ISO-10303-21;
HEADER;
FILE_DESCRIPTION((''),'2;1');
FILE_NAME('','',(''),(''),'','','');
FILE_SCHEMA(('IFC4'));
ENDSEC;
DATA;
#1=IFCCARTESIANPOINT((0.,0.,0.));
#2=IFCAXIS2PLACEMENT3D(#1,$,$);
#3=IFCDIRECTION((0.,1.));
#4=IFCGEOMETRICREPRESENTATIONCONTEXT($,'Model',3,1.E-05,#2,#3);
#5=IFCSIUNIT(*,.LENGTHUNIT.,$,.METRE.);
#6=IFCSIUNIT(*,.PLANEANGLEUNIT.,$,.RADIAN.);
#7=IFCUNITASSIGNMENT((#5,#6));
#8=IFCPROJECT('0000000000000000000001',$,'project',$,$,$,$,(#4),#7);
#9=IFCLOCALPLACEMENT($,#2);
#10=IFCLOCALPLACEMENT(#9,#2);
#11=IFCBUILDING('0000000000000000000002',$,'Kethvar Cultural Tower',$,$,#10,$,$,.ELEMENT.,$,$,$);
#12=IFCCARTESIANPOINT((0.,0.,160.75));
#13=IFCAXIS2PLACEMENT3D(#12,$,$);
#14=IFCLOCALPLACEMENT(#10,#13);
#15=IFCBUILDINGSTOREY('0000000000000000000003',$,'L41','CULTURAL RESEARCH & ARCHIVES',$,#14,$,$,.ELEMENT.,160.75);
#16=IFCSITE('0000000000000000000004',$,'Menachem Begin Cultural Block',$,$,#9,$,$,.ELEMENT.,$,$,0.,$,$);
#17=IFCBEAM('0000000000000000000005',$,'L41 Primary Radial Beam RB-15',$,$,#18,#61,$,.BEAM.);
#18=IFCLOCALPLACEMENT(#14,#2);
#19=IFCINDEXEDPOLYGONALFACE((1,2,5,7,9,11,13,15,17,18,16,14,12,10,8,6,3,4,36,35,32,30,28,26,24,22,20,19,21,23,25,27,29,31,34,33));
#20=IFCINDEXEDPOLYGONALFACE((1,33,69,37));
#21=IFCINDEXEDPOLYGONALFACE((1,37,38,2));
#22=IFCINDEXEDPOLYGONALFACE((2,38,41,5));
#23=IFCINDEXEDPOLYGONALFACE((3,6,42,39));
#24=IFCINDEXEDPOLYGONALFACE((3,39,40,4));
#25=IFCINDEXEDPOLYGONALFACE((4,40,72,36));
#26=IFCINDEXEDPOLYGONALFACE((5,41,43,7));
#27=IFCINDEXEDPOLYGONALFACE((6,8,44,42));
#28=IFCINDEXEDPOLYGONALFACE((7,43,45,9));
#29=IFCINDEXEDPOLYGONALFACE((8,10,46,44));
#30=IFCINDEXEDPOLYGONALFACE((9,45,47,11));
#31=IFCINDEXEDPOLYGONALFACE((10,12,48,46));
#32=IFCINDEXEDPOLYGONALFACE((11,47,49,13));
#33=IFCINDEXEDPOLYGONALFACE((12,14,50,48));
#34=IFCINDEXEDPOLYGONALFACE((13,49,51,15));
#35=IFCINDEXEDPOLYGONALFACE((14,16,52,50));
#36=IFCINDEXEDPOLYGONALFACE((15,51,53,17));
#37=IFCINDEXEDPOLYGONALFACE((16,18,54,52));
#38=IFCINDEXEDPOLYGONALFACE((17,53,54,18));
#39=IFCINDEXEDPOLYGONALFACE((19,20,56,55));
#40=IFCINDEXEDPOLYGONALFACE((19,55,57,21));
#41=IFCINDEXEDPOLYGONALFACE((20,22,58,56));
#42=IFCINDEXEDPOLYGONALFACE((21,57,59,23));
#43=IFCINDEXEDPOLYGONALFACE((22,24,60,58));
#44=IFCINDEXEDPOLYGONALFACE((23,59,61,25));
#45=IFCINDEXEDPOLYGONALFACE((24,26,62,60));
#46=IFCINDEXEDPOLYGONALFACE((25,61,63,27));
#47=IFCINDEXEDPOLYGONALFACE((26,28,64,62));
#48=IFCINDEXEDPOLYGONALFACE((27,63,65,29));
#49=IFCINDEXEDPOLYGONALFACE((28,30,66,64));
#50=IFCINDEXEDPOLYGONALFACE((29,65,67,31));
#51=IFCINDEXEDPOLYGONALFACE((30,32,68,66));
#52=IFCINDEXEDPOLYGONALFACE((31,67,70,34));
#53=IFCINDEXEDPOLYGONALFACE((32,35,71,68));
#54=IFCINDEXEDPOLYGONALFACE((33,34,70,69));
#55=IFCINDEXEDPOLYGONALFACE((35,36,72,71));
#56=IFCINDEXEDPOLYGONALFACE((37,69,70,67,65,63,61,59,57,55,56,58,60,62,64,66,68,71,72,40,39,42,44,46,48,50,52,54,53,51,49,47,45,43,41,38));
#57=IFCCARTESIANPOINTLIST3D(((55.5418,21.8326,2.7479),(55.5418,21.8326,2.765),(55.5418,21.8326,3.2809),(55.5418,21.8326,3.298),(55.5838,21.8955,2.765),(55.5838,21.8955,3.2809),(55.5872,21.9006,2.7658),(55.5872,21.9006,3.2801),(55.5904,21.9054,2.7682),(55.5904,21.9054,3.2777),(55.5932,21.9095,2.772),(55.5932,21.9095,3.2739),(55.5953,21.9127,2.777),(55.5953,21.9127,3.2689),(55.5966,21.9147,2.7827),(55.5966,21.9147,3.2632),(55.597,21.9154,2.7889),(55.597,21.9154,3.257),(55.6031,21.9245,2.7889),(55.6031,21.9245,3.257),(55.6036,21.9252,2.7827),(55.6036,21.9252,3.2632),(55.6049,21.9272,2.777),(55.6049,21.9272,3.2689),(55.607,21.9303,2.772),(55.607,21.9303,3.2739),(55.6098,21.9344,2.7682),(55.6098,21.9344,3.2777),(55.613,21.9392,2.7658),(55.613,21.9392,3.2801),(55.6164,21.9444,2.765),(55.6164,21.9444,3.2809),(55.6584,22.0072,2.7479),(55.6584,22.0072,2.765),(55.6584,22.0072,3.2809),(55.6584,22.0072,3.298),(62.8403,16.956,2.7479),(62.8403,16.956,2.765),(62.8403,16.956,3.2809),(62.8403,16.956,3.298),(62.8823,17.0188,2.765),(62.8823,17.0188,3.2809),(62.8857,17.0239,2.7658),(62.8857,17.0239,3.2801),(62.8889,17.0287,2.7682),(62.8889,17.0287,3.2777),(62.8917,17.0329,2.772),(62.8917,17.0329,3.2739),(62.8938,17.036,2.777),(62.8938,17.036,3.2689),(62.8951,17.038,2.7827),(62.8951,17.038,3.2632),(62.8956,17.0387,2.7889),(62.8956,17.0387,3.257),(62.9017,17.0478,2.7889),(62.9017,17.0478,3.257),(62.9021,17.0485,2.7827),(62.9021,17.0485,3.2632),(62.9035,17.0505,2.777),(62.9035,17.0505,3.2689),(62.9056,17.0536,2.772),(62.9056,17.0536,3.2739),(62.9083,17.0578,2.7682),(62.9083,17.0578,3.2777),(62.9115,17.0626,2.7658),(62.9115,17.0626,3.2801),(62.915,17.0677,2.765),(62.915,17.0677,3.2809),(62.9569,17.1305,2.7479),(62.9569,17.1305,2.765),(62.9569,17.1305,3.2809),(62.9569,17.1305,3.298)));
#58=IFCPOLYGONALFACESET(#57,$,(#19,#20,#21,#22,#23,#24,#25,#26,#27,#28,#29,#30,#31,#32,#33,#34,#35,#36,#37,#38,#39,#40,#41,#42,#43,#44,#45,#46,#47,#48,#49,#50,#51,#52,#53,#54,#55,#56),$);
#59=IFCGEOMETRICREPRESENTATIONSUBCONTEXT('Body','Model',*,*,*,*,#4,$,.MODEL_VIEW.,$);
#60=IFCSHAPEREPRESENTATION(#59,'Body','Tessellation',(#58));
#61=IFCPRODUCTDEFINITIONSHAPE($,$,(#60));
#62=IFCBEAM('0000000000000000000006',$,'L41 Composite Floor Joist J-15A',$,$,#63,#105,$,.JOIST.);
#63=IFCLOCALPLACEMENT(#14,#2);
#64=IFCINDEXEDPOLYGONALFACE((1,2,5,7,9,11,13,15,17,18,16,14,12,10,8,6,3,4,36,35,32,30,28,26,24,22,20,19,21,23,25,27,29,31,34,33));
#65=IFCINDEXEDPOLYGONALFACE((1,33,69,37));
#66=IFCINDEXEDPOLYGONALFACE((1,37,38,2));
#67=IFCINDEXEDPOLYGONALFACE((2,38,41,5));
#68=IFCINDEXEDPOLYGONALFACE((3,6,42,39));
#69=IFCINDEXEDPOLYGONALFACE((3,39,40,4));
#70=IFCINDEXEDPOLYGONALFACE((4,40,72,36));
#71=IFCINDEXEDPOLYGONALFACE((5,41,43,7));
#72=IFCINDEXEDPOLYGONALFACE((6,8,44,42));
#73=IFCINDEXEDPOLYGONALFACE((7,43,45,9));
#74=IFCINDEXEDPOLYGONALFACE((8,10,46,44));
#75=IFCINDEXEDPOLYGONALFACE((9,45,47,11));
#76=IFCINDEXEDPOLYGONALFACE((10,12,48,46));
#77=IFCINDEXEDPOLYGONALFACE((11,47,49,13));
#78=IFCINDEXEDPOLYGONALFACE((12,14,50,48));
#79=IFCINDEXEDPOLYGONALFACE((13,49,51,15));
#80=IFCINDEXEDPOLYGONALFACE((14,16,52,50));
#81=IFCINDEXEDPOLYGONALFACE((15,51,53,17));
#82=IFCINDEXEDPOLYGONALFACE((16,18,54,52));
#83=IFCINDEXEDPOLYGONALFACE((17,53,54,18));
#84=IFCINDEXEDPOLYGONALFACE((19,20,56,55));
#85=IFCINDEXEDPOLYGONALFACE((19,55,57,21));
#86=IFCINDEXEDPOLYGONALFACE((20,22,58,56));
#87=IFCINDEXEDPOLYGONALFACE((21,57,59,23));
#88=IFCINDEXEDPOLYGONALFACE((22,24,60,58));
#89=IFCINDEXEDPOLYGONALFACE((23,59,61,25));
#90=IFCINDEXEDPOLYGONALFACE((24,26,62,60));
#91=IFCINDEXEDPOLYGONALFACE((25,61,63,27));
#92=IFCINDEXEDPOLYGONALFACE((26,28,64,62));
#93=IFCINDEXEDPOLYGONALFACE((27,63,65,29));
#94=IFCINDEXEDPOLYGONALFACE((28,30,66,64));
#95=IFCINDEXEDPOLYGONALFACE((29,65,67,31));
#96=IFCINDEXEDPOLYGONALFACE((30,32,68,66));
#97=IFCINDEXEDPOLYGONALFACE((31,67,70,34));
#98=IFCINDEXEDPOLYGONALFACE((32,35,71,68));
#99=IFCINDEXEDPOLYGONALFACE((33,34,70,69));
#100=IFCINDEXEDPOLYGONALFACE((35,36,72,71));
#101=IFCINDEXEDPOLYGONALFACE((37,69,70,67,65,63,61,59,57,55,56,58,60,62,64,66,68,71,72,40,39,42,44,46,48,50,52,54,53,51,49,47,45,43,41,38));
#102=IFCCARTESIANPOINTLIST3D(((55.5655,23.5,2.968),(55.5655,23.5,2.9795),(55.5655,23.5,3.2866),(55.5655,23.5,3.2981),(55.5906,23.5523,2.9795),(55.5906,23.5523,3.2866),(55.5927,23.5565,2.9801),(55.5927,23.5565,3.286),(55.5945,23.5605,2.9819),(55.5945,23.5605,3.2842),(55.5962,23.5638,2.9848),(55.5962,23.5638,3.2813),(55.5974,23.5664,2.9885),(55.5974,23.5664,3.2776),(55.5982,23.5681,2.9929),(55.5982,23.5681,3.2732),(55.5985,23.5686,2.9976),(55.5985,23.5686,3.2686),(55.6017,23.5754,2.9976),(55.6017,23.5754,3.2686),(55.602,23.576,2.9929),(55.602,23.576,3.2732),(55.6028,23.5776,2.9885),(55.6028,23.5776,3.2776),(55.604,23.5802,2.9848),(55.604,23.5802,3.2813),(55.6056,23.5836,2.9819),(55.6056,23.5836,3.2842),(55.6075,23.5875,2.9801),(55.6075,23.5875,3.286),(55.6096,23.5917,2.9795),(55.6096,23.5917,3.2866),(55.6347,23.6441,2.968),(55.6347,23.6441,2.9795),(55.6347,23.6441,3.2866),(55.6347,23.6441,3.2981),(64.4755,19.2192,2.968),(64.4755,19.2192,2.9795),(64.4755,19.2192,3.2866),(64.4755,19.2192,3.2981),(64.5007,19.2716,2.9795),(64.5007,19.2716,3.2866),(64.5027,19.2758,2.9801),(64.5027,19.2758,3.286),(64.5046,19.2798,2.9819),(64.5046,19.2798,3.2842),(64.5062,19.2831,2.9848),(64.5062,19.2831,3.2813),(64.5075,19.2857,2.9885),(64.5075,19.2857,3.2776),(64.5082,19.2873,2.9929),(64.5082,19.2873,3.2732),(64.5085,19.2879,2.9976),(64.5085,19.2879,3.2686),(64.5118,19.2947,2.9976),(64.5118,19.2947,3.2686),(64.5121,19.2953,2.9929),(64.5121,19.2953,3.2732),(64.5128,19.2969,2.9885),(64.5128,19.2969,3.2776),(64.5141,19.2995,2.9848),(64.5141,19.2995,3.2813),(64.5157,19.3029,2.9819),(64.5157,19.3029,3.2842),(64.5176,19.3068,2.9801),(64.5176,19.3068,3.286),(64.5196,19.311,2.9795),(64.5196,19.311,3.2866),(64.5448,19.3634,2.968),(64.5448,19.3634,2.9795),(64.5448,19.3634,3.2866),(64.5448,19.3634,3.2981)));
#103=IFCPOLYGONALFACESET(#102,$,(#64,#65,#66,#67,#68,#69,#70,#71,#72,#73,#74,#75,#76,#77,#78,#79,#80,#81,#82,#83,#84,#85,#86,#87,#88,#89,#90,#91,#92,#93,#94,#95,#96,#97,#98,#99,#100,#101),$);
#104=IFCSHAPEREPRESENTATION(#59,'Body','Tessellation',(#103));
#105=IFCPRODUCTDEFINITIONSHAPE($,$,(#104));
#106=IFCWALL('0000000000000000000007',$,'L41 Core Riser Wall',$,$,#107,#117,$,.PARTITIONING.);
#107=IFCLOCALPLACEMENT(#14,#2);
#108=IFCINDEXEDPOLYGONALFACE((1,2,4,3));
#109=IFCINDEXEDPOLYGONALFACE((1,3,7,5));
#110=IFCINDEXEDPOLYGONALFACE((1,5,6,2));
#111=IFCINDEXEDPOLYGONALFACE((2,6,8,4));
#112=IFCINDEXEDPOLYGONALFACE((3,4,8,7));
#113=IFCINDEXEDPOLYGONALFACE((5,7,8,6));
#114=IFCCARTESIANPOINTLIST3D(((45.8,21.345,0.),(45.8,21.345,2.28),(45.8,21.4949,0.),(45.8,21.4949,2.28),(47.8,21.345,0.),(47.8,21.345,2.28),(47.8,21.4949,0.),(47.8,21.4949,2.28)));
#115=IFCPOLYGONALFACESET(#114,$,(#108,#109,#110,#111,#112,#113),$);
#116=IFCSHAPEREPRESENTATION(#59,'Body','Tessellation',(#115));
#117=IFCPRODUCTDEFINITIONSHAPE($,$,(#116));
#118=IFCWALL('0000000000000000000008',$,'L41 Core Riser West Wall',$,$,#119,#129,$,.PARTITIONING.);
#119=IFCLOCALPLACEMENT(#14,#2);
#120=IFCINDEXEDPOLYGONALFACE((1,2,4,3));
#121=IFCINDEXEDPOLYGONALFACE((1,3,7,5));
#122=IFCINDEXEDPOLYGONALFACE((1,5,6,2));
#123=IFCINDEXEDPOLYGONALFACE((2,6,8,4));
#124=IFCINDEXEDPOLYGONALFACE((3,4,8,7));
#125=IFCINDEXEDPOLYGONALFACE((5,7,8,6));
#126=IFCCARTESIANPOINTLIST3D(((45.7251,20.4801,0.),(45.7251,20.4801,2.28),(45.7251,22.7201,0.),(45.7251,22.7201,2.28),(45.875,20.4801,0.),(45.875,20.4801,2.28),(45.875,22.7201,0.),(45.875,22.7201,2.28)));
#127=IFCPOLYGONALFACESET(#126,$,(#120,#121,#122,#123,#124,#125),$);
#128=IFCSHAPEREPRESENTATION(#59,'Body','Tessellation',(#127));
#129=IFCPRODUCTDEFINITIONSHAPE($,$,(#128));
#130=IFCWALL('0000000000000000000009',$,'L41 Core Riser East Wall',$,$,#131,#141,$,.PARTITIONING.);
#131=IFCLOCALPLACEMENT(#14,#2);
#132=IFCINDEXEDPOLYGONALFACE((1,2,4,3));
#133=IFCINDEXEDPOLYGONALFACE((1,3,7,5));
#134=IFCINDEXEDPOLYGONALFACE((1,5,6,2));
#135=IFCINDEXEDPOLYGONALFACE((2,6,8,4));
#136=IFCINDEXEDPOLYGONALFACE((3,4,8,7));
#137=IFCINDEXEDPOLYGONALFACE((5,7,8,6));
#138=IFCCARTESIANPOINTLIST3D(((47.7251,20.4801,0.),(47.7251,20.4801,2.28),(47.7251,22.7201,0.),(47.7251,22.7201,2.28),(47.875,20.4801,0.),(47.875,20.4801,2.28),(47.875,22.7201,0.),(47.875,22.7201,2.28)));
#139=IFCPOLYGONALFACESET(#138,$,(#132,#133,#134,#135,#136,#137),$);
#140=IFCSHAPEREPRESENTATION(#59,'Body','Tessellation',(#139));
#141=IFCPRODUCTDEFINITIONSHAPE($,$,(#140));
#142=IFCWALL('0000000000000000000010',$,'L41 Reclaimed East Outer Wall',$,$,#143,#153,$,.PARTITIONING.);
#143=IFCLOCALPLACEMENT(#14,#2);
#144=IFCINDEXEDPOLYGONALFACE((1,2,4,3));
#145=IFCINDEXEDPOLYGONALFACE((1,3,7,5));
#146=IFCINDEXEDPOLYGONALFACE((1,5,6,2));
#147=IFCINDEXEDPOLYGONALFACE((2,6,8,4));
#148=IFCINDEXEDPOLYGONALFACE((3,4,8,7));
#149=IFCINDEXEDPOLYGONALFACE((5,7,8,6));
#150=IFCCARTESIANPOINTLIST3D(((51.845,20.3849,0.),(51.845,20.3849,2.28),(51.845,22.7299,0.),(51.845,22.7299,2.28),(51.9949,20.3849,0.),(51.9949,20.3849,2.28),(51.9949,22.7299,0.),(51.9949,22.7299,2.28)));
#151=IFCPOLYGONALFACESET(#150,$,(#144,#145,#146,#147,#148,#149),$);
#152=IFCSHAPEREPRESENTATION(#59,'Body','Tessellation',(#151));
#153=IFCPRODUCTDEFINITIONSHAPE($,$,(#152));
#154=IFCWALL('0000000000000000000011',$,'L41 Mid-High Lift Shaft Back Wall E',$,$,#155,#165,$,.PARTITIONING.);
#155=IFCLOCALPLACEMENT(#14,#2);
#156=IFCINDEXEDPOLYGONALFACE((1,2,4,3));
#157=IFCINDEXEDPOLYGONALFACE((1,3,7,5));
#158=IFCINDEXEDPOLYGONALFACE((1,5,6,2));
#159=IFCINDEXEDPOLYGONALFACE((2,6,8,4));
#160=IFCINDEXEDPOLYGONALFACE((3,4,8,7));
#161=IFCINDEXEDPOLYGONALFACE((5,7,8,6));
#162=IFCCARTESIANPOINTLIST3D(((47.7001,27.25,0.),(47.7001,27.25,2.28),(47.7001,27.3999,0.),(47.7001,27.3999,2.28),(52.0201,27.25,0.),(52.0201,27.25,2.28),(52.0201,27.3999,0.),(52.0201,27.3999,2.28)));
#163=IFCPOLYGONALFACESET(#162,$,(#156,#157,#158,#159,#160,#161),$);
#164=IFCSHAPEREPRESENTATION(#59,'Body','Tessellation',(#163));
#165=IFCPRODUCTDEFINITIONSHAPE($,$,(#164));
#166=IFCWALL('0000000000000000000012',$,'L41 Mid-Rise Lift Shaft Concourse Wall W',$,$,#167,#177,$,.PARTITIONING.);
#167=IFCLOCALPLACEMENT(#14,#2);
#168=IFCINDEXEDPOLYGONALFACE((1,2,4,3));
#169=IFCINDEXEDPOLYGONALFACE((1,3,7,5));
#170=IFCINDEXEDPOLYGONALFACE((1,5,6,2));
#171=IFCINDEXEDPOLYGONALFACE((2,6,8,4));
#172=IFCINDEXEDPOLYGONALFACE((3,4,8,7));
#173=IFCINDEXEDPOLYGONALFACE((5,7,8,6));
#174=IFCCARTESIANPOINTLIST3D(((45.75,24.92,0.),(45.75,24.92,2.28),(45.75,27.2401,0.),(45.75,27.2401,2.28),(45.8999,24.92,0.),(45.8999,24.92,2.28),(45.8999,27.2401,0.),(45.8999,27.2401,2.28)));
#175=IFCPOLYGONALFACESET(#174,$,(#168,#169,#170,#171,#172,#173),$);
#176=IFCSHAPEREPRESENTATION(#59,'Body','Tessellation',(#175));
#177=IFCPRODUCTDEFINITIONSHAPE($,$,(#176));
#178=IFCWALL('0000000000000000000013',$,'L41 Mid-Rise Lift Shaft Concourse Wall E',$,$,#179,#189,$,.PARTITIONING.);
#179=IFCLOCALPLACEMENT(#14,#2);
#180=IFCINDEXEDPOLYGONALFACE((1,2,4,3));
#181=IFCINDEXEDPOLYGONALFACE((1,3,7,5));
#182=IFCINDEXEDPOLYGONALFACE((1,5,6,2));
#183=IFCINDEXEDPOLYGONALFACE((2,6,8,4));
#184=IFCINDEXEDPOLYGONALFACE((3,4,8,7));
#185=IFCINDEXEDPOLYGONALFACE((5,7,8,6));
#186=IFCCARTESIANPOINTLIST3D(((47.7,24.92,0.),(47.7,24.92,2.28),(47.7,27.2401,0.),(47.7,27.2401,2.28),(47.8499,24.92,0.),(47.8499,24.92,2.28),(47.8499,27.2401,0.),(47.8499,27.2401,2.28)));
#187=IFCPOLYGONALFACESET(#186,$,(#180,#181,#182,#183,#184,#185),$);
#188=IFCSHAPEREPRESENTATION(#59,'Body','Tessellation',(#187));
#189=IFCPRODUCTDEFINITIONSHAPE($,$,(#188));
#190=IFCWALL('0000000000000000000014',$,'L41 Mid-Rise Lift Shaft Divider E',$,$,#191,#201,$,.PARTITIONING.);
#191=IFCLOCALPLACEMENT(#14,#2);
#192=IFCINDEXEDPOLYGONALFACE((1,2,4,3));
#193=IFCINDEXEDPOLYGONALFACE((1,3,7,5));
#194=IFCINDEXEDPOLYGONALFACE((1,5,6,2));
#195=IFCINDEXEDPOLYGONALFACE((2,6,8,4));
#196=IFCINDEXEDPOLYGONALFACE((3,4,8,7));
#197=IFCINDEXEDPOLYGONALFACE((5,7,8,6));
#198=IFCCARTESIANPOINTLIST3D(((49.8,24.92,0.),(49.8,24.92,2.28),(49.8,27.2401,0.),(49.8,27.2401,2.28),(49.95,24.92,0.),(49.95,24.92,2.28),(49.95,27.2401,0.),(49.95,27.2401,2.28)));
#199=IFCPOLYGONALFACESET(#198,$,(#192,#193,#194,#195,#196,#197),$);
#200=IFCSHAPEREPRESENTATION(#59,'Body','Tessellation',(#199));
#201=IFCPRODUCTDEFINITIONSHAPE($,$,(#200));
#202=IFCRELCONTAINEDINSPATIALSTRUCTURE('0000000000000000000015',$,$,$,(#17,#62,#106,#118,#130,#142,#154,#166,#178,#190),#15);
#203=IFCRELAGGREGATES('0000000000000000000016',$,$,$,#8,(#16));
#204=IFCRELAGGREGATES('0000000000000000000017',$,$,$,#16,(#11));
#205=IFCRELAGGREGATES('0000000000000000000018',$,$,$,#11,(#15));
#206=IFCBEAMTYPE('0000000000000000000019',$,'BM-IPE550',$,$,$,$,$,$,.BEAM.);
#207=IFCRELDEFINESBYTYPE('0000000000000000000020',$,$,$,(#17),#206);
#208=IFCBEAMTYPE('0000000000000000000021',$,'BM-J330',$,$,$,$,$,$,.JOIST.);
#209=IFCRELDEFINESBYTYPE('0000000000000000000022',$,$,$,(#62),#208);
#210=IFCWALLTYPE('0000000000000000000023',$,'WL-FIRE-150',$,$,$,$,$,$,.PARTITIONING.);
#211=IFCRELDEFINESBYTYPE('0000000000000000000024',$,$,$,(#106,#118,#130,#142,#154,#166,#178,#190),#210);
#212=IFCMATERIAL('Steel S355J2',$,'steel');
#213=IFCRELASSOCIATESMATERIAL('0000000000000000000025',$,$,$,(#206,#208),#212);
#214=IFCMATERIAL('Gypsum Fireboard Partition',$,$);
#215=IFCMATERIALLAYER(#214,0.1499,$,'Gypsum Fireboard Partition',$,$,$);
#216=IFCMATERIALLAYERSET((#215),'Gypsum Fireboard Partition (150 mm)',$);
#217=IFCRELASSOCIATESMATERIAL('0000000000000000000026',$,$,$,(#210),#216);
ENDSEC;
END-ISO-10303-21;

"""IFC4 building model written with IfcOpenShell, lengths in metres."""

from ifc_helpers import new_model, si_unit, direction, frame, frame_2d, origin, origin_2d, place, context, subcontext, project, spatial, rectangle, i_section, extrude, source, transform, mapped, material, layer, layer_set, material_profile, profile_set, type_object, element, save


model = new_model("IFC4")

# Units and contexts
model_context = context("Model", 3, precision=1e-05, world=origin(), true_north=direction((0.0, 1.0)))
body_context = subcontext(model_context, "Body", "Model", "MODEL_VIEW")
ifc_project = project(units=[si_unit("LENGTHUNIT", "METRE"), si_unit("PLANEANGLEUNIT", "RADIAN")], contexts=[model_context])

# Site, building, storey
site_placement = place(None, origin())
site = spatial("IfcSite", under=ifc_project, at=site_placement, Name="Menachem Begin Cultural Block", CompositionType="ELEMENT", RefElevation=0.0)
building_placement = place(site_placement, origin())
building = spatial("IfcBuilding", under=site, at=building_placement, Name="Kethvar Cultural Tower", CompositionType="ELEMENT")
storey_placement = place(building_placement, frame((0.0, 0.0, 160.75)))
storey = spatial("IfcBuildingStorey", under=building, at=storey_placement, Name="L41", Description="CULTURAL RESEARCH & ARCHIVES", CompositionType="ELEMENT", Elevation=160.75)

# Beams
ifc_material_1 = material(Name="Steel S355J2", Category="steel")
ifc_material_profile_1 = material_profile(ifc_material_1, i_section(OverallWidth=0.21, OverallDepth=0.55, WebThickness=0.011, FlangeThickness=0.0171, FilletRadius=0.0239, at=origin_2d()), Name="Steel S355J2 — IPE550")
ifc_profile_set_1 = profile_set([ifc_material_profile_1], Name="Steel S355J2 — IPE550")
beam_type_1 = type_object("IfcBeamType", Name="BM-IPE550", PredefinedType="BEAM", material=ifc_profile_set_1)
shared_shape_1 = source(origin(), body_context, "Body", "SweptSolid", [
    extrude(i_section(OverallWidth=0.21, OverallDepth=0.55, WebThickness=0.011, FlangeThickness=0.0171, FilletRadius=0.0239, at=origin_2d()), origin(), (0.0, 0.0, 1.0), 8.7778),
])
beam_1_placement = place(storey_placement, frame((55.6001, 21.9199, 3.0229), z_axis=(0.831472, -0.555566, 0.0), x_axis=(0.555566, 0.831472, 0.0)))
element("IfcBeam", 1, at=beam_1_placement, inside=storey, type_object=beam_type_1, Name="L41 Primary Radial Beam RB-15", PredefinedType="BEAM", context=body_context, shape_type="MappedRepresentation", body=[
    mapped(shared_shape_1, transform((0.0, 0.0, 0.0), scale=1.0)),
])
ifc_material_profile_2 = material_profile(ifc_material_1, i_section(OverallWidth=0.1599, OverallDepth=0.3301, WebThickness=0.0076, FlangeThickness=0.0115, FilletRadius=0.0181, at=origin_2d()), Name="Steel S355J2 — IPE330")
ifc_profile_set_2 = profile_set([ifc_material_profile_2], Name="Steel S355J2 — IPE330")
beam_type_2 = type_object("IfcBeamType", Name="BM-J330", PredefinedType="JOIST", material=ifc_profile_set_2)
shared_shape_2 = source(origin(), body_context, "Body", "SweptSolid", [
    extrude(i_section(OverallWidth=0.1599, OverallDepth=0.3301, WebThickness=0.0076, FlangeThickness=0.0115, FilletRadius=0.0181, at=origin_2d()), origin(), (0.0, 0.0, 1.0), 9.885),
])
beam_2_placement = place(storey_placement, frame((55.6001, 23.572, 3.1331), z_axis=(0.90137, -0.433051, 0.0), x_axis=(0.433051, 0.90137, 0.0)))
element("IfcBeam", 2, at=beam_2_placement, inside=storey, type_object=beam_type_2, Name="L41 Composite Floor Joist J-15A", PredefinedType="JOIST", context=body_context, shape_type="MappedRepresentation", body=[
    mapped(shared_shape_2, transform((0.0, 0.0, 0.0), scale=1.0)),
])

# Walls
ifc_material_2 = material(Name="Gypsum Fireboard Partition")
ifc_layer_1 = layer(ifc_material_2, 0.1499, Name="Gypsum Fireboard Partition")
ifc_layer_set_1 = layer_set([ifc_layer_1], Name="Gypsum Fireboard Partition (150 mm)")
wall_type_1 = type_object("IfcWallType", Name="WL-FIRE-150", PredefinedType="PARTITIONING", material=ifc_layer_set_1)
wall_1_placement = place(storey_placement, frame((45.8, 21.4199, 0.0), z_axis=(0.0, 0.0, 1.0), x_axis=(1.0, 0.0, 0.0)))
element("IfcWall", 3, at=wall_1_placement, inside=storey, type_object=wall_type_1, Name="L41 Core Riser Wall", PredefinedType="PARTITIONING", context=body_context, shape_type="SweptSolid", body=[
    extrude(rectangle(XDim=2.0, YDim=0.1499, at=frame_2d((1.0, 0.0))), origin(), (0.0, 0.0, 1.0), 2.28),
])
for number, where, z_axis, x_axis, name in (
    (4, (45.8, 20.48, 0.0), (0.0, 0.0, 1.0), (0.0, 1.0, 0.0), "L41 Core Riser West Wall"),
    (5, (47.8, 20.48, 0.0), (0.0, 0.0, 1.0), (0.0, 1.0, 0.0), "L41 Core Riser East Wall"),
):
    element("IfcWall", number, at=place(storey_placement, frame(where, z_axis=z_axis, x_axis=x_axis)), inside=storey, type_object=wall_type_1, Name=name, PredefinedType="PARTITIONING", context=body_context, shape_type="SweptSolid", body=[
        extrude(rectangle(XDim=2.24, YDim=0.1499, at=frame_2d((1.1201, 0.0))), origin(), (0.0, 0.0, 1.0), 2.28),
    ])
wall_2_placement = place(storey_placement, frame((51.9199, 20.385, 0.0), z_axis=(0.0, 0.0, 1.0), x_axis=(0.0, 1.0, 0.0)))
element("IfcWall", 6, at=wall_2_placement, inside=storey, type_object=wall_type_1, Name="L41 Reclaimed East Outer Wall", PredefinedType="PARTITIONING", context=body_context, shape_type="SweptSolid", body=[
    extrude(rectangle(XDim=2.345, YDim=0.1499, at=frame_2d((1.1724, 0.0))), origin(), (0.0, 0.0, 1.0), 2.28),
])
wall_3_placement = place(storey_placement, frame((47.7, 27.325, 0.0), z_axis=(0.0, 0.0, 1.0), x_axis=(1.0, 0.0, 0.0)))
element("IfcWall", 7, at=wall_3_placement, inside=storey, type_object=wall_type_1, Name="L41 Mid-High Lift Shaft Back Wall E", PredefinedType="PARTITIONING", context=body_context, shape_type="SweptSolid", body=[
    extrude(rectangle(XDim=4.3201, YDim=0.1499, at=frame_2d((2.1602, 0.0))), origin(), (0.0, 0.0, 1.0), 2.28),
])
for number, where, z_axis, x_axis, name in (
    (8, (45.825, 24.9199, 0.0), (0.0, 0.0, 1.0), (0.0, 1.0, 0.0), "L41 Mid-Rise Lift Shaft Concourse Wall W"),
    (9, (47.7749, 24.9199, 0.0), (0.0, 0.0, 1.0), (0.0, 1.0, 0.0), "L41 Mid-Rise Lift Shaft Concourse Wall E"),
    (10, (49.875, 24.9199, 0.0), (0.0, 0.0, 1.0), (0.0, 1.0, 0.0), "L41 Mid-Rise Lift Shaft Divider E"),
):
    element("IfcWall", number, at=place(storey_placement, frame(where, z_axis=z_axis, x_axis=x_axis)), inside=storey, type_object=wall_type_1, Name=name, PredefinedType="PARTITIONING", context=body_context, shape_type="SweptSolid", body=[
        extrude(rectangle(XDim=2.3201, YDim=0.1499, at=frame_2d((1.1602, 0.0))), origin(), (0.0, 0.0, 1.0), 2.28),
    ])

save(model, "model.ifc")
